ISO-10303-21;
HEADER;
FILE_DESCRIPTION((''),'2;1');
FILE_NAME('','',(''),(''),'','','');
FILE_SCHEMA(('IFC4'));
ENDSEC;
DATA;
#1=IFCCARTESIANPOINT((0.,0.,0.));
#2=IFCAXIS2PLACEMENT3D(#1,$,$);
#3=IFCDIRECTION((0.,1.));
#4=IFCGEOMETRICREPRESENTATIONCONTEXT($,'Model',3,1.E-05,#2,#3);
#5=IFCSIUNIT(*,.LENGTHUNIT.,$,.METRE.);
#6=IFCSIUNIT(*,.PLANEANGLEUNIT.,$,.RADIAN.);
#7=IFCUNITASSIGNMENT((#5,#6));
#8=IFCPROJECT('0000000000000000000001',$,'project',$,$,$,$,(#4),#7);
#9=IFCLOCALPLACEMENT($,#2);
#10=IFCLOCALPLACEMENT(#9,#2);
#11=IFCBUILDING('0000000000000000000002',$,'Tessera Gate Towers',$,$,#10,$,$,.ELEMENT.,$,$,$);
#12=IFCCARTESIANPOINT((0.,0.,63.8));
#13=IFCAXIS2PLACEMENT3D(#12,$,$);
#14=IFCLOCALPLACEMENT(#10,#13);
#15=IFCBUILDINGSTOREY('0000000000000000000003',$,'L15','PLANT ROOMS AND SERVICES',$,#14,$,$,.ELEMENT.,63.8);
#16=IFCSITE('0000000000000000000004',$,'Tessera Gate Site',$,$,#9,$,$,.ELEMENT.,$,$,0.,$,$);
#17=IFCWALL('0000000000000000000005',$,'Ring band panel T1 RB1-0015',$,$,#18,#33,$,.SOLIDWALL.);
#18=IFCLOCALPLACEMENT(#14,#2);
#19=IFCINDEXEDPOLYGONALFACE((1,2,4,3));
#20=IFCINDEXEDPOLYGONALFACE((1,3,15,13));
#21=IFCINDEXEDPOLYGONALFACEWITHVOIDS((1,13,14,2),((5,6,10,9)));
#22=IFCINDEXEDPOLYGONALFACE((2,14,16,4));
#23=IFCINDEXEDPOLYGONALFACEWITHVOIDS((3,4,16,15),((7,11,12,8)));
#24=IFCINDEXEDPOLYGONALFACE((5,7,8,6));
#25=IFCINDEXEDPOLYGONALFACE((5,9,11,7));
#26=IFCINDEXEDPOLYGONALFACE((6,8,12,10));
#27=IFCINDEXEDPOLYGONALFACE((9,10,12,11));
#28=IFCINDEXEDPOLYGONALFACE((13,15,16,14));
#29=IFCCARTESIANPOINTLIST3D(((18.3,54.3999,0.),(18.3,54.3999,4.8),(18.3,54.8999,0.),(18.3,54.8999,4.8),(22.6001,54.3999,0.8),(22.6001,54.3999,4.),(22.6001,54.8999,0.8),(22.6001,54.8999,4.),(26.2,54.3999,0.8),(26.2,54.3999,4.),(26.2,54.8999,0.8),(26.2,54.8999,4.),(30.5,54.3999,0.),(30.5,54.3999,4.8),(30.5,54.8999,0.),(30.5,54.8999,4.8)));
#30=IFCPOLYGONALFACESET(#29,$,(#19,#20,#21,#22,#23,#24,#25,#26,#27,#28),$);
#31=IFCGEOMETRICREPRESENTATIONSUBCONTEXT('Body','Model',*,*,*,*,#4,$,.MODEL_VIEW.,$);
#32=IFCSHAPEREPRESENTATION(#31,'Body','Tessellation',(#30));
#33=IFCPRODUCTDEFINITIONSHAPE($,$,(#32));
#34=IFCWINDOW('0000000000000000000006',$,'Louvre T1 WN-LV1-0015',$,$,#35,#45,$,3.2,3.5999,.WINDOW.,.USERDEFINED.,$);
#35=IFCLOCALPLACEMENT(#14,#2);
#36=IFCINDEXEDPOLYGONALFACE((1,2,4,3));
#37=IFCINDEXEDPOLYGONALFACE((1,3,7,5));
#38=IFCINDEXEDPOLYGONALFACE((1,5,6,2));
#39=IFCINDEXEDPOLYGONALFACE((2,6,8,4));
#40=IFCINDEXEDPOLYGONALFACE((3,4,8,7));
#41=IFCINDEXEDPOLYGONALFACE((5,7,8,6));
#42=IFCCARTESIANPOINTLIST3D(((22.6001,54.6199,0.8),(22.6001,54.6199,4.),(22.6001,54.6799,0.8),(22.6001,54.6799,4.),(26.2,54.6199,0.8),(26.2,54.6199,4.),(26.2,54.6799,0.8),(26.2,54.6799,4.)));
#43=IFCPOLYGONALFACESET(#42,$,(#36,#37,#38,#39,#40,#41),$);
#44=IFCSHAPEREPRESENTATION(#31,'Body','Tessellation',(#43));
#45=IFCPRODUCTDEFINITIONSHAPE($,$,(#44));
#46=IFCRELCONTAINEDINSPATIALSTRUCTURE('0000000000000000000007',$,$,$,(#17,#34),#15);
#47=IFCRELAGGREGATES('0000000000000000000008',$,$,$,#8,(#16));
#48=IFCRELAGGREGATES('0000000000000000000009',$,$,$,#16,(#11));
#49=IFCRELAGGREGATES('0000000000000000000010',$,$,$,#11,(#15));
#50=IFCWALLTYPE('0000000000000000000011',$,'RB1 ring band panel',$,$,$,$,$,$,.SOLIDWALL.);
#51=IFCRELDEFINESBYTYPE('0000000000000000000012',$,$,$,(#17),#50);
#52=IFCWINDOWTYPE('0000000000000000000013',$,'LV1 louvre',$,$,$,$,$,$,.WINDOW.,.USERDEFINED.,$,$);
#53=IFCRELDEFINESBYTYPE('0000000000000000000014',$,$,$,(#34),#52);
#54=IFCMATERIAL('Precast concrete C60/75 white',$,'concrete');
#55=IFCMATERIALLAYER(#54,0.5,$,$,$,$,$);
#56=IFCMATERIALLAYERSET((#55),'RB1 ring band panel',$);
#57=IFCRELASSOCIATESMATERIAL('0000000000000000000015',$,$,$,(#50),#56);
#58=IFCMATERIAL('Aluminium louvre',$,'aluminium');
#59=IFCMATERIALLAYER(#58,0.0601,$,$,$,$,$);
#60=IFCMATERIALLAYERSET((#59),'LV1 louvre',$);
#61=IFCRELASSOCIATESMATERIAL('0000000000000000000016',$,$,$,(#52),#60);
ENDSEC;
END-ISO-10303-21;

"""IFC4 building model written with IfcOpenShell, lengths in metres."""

from ifc_helpers import new_model, si_unit, direction, frame, origin, place, context, subcontext, project, spatial, polyline, outline, extrude, source, transform, mapped, material, layer, layer_set, type_object, element, fill, save


model = new_model("IFC4")

# Units and contexts
model_context = context("Model", 3, precision=1e-05, world=origin(), true_north=direction((0.0, 1.0)))
body_context = subcontext(model_context, "Body", "Model", "MODEL_VIEW")
ifc_project = project(units=[si_unit("LENGTHUNIT", "METRE"), si_unit("PLANEANGLEUNIT", "RADIAN")], contexts=[model_context])

# Site, building, storey
site_placement = place(None, origin())
site = spatial("IfcSite", under=ifc_project, at=site_placement, Name="Tessera Gate Site", CompositionType="ELEMENT", RefElevation=0.0)
building_placement = place(site_placement, origin())
building = spatial("IfcBuilding", under=site, at=building_placement, Name="Tessera Gate Towers", CompositionType="ELEMENT")
storey_placement = place(building_placement, frame((0.0, 0.0, 63.8)))
storey = spatial("IfcBuildingStorey", under=building, at=storey_placement, Name="L15", Description="PLANT ROOMS AND SERVICES", CompositionType="ELEMENT", Elevation=63.8)

# Wall, opening, window
ifc_material_1 = material(Name="Precast concrete C60/75 white", Category="concrete")
ifc_layer_1 = layer(ifc_material_1, 0.5)
ifc_layer_set_1 = layer_set([ifc_layer_1], Name="RB1 ring band panel")
wall_type_1 = type_object("IfcWallType", Name="RB1 ring band panel", PredefinedType="SOLIDWALL", material=ifc_layer_set_1)
shared_shape_1 = source(origin(), body_context, "Body", "SweptSolid", [
    extrude(outline(polyline([(0.0, 0.0), (12.2, 0.0), (12.2, 4.8), (0.0, 4.8), (0.0, 0.0)])), frame((0.0, 0.25, 0.0), z_axis=(0.0, -1.0, 0.0), x_axis=(1.0, 0.0, 0.0)), (0.0, 0.0, 1.0), 0.5),
])
wall_1_placement = place(storey_placement, frame((30.5, 54.6499, 0.0), z_axis=(0.0, 0.0, 1.0), x_axis=(-1.0, 0.0, 0.0)))
wall_1 = element("IfcWall", 1, at=wall_1_placement, inside=storey, type_object=wall_type_1, Name="Ring band panel T1 RB1-0015", PredefinedType="SOLIDWALL", context=body_context, shape_type="MappedRepresentation", body=[
    mapped(shared_shape_1, transform((0.0, 0.0, 0.0), scale=1.0)),
])
shared_shape_2 = source(origin(), body_context, "Body", "SweptSolid", [
    extrude(outline(polyline([(4.3, 0.8), (7.8999, 0.8), (7.8999, 4.0), (4.3, 4.0), (4.3, 0.8)])), frame((0.0, 0.26, 0.0), z_axis=(0.0, -1.0, 0.0), x_axis=(1.0, 0.0, 0.0)), (0.0, 0.0, 1.0), 0.52),
])
opening_1_placement = place(wall_1_placement, origin())
opening_1 = element("IfcOpeningElement", 2, at=opening_1_placement, cuts=wall_1, PredefinedType="OPENING", context=body_context, shape_type="MappedRepresentation", body=[
    mapped(shared_shape_2, transform((0.0, 0.0, 0.0), scale=1.0)),
])
ifc_material_2 = material(Name="Aluminium louvre", Category="aluminium")
ifc_layer_2 = layer(ifc_material_2, 0.0601)
ifc_layer_set_2 = layer_set([ifc_layer_2], Name="LV1 louvre")
window_type = type_object("IfcWindowType", Name="LV1 louvre", PartitioningType="USERDEFINED", PredefinedType="WINDOW", material=ifc_layer_set_2)
shared_shape_3 = source(origin(), body_context, "Body", "SweptSolid", [
    extrude(outline(polyline([(4.3, 0.8), (7.8999, 0.8), (7.8999, 4.0), (4.3, 4.0), (4.3, 0.8)])), frame((0.0, 0.03, 0.0), z_axis=(0.0, -1.0, 0.0), x_axis=(1.0, 0.0, 0.0)), (0.0, 0.0, 1.0), 0.0601),
])
window_placement = place(opening_1_placement, origin())
window = element("IfcWindow", 3, at=window_placement, inside=storey, type_object=window_type, Name="Louvre T1 WN-LV1-0015", OverallHeight=3.2, OverallWidth=3.5999, PartitioningType="USERDEFINED", PredefinedType="WINDOW", context=body_context, shape_type="MappedRepresentation", body=[
    mapped(shared_shape_3, transform((0.0, 0.0, 0.0), scale=1.0)),
])
fill(opening_1, window)

save(model, "model.ifc")
